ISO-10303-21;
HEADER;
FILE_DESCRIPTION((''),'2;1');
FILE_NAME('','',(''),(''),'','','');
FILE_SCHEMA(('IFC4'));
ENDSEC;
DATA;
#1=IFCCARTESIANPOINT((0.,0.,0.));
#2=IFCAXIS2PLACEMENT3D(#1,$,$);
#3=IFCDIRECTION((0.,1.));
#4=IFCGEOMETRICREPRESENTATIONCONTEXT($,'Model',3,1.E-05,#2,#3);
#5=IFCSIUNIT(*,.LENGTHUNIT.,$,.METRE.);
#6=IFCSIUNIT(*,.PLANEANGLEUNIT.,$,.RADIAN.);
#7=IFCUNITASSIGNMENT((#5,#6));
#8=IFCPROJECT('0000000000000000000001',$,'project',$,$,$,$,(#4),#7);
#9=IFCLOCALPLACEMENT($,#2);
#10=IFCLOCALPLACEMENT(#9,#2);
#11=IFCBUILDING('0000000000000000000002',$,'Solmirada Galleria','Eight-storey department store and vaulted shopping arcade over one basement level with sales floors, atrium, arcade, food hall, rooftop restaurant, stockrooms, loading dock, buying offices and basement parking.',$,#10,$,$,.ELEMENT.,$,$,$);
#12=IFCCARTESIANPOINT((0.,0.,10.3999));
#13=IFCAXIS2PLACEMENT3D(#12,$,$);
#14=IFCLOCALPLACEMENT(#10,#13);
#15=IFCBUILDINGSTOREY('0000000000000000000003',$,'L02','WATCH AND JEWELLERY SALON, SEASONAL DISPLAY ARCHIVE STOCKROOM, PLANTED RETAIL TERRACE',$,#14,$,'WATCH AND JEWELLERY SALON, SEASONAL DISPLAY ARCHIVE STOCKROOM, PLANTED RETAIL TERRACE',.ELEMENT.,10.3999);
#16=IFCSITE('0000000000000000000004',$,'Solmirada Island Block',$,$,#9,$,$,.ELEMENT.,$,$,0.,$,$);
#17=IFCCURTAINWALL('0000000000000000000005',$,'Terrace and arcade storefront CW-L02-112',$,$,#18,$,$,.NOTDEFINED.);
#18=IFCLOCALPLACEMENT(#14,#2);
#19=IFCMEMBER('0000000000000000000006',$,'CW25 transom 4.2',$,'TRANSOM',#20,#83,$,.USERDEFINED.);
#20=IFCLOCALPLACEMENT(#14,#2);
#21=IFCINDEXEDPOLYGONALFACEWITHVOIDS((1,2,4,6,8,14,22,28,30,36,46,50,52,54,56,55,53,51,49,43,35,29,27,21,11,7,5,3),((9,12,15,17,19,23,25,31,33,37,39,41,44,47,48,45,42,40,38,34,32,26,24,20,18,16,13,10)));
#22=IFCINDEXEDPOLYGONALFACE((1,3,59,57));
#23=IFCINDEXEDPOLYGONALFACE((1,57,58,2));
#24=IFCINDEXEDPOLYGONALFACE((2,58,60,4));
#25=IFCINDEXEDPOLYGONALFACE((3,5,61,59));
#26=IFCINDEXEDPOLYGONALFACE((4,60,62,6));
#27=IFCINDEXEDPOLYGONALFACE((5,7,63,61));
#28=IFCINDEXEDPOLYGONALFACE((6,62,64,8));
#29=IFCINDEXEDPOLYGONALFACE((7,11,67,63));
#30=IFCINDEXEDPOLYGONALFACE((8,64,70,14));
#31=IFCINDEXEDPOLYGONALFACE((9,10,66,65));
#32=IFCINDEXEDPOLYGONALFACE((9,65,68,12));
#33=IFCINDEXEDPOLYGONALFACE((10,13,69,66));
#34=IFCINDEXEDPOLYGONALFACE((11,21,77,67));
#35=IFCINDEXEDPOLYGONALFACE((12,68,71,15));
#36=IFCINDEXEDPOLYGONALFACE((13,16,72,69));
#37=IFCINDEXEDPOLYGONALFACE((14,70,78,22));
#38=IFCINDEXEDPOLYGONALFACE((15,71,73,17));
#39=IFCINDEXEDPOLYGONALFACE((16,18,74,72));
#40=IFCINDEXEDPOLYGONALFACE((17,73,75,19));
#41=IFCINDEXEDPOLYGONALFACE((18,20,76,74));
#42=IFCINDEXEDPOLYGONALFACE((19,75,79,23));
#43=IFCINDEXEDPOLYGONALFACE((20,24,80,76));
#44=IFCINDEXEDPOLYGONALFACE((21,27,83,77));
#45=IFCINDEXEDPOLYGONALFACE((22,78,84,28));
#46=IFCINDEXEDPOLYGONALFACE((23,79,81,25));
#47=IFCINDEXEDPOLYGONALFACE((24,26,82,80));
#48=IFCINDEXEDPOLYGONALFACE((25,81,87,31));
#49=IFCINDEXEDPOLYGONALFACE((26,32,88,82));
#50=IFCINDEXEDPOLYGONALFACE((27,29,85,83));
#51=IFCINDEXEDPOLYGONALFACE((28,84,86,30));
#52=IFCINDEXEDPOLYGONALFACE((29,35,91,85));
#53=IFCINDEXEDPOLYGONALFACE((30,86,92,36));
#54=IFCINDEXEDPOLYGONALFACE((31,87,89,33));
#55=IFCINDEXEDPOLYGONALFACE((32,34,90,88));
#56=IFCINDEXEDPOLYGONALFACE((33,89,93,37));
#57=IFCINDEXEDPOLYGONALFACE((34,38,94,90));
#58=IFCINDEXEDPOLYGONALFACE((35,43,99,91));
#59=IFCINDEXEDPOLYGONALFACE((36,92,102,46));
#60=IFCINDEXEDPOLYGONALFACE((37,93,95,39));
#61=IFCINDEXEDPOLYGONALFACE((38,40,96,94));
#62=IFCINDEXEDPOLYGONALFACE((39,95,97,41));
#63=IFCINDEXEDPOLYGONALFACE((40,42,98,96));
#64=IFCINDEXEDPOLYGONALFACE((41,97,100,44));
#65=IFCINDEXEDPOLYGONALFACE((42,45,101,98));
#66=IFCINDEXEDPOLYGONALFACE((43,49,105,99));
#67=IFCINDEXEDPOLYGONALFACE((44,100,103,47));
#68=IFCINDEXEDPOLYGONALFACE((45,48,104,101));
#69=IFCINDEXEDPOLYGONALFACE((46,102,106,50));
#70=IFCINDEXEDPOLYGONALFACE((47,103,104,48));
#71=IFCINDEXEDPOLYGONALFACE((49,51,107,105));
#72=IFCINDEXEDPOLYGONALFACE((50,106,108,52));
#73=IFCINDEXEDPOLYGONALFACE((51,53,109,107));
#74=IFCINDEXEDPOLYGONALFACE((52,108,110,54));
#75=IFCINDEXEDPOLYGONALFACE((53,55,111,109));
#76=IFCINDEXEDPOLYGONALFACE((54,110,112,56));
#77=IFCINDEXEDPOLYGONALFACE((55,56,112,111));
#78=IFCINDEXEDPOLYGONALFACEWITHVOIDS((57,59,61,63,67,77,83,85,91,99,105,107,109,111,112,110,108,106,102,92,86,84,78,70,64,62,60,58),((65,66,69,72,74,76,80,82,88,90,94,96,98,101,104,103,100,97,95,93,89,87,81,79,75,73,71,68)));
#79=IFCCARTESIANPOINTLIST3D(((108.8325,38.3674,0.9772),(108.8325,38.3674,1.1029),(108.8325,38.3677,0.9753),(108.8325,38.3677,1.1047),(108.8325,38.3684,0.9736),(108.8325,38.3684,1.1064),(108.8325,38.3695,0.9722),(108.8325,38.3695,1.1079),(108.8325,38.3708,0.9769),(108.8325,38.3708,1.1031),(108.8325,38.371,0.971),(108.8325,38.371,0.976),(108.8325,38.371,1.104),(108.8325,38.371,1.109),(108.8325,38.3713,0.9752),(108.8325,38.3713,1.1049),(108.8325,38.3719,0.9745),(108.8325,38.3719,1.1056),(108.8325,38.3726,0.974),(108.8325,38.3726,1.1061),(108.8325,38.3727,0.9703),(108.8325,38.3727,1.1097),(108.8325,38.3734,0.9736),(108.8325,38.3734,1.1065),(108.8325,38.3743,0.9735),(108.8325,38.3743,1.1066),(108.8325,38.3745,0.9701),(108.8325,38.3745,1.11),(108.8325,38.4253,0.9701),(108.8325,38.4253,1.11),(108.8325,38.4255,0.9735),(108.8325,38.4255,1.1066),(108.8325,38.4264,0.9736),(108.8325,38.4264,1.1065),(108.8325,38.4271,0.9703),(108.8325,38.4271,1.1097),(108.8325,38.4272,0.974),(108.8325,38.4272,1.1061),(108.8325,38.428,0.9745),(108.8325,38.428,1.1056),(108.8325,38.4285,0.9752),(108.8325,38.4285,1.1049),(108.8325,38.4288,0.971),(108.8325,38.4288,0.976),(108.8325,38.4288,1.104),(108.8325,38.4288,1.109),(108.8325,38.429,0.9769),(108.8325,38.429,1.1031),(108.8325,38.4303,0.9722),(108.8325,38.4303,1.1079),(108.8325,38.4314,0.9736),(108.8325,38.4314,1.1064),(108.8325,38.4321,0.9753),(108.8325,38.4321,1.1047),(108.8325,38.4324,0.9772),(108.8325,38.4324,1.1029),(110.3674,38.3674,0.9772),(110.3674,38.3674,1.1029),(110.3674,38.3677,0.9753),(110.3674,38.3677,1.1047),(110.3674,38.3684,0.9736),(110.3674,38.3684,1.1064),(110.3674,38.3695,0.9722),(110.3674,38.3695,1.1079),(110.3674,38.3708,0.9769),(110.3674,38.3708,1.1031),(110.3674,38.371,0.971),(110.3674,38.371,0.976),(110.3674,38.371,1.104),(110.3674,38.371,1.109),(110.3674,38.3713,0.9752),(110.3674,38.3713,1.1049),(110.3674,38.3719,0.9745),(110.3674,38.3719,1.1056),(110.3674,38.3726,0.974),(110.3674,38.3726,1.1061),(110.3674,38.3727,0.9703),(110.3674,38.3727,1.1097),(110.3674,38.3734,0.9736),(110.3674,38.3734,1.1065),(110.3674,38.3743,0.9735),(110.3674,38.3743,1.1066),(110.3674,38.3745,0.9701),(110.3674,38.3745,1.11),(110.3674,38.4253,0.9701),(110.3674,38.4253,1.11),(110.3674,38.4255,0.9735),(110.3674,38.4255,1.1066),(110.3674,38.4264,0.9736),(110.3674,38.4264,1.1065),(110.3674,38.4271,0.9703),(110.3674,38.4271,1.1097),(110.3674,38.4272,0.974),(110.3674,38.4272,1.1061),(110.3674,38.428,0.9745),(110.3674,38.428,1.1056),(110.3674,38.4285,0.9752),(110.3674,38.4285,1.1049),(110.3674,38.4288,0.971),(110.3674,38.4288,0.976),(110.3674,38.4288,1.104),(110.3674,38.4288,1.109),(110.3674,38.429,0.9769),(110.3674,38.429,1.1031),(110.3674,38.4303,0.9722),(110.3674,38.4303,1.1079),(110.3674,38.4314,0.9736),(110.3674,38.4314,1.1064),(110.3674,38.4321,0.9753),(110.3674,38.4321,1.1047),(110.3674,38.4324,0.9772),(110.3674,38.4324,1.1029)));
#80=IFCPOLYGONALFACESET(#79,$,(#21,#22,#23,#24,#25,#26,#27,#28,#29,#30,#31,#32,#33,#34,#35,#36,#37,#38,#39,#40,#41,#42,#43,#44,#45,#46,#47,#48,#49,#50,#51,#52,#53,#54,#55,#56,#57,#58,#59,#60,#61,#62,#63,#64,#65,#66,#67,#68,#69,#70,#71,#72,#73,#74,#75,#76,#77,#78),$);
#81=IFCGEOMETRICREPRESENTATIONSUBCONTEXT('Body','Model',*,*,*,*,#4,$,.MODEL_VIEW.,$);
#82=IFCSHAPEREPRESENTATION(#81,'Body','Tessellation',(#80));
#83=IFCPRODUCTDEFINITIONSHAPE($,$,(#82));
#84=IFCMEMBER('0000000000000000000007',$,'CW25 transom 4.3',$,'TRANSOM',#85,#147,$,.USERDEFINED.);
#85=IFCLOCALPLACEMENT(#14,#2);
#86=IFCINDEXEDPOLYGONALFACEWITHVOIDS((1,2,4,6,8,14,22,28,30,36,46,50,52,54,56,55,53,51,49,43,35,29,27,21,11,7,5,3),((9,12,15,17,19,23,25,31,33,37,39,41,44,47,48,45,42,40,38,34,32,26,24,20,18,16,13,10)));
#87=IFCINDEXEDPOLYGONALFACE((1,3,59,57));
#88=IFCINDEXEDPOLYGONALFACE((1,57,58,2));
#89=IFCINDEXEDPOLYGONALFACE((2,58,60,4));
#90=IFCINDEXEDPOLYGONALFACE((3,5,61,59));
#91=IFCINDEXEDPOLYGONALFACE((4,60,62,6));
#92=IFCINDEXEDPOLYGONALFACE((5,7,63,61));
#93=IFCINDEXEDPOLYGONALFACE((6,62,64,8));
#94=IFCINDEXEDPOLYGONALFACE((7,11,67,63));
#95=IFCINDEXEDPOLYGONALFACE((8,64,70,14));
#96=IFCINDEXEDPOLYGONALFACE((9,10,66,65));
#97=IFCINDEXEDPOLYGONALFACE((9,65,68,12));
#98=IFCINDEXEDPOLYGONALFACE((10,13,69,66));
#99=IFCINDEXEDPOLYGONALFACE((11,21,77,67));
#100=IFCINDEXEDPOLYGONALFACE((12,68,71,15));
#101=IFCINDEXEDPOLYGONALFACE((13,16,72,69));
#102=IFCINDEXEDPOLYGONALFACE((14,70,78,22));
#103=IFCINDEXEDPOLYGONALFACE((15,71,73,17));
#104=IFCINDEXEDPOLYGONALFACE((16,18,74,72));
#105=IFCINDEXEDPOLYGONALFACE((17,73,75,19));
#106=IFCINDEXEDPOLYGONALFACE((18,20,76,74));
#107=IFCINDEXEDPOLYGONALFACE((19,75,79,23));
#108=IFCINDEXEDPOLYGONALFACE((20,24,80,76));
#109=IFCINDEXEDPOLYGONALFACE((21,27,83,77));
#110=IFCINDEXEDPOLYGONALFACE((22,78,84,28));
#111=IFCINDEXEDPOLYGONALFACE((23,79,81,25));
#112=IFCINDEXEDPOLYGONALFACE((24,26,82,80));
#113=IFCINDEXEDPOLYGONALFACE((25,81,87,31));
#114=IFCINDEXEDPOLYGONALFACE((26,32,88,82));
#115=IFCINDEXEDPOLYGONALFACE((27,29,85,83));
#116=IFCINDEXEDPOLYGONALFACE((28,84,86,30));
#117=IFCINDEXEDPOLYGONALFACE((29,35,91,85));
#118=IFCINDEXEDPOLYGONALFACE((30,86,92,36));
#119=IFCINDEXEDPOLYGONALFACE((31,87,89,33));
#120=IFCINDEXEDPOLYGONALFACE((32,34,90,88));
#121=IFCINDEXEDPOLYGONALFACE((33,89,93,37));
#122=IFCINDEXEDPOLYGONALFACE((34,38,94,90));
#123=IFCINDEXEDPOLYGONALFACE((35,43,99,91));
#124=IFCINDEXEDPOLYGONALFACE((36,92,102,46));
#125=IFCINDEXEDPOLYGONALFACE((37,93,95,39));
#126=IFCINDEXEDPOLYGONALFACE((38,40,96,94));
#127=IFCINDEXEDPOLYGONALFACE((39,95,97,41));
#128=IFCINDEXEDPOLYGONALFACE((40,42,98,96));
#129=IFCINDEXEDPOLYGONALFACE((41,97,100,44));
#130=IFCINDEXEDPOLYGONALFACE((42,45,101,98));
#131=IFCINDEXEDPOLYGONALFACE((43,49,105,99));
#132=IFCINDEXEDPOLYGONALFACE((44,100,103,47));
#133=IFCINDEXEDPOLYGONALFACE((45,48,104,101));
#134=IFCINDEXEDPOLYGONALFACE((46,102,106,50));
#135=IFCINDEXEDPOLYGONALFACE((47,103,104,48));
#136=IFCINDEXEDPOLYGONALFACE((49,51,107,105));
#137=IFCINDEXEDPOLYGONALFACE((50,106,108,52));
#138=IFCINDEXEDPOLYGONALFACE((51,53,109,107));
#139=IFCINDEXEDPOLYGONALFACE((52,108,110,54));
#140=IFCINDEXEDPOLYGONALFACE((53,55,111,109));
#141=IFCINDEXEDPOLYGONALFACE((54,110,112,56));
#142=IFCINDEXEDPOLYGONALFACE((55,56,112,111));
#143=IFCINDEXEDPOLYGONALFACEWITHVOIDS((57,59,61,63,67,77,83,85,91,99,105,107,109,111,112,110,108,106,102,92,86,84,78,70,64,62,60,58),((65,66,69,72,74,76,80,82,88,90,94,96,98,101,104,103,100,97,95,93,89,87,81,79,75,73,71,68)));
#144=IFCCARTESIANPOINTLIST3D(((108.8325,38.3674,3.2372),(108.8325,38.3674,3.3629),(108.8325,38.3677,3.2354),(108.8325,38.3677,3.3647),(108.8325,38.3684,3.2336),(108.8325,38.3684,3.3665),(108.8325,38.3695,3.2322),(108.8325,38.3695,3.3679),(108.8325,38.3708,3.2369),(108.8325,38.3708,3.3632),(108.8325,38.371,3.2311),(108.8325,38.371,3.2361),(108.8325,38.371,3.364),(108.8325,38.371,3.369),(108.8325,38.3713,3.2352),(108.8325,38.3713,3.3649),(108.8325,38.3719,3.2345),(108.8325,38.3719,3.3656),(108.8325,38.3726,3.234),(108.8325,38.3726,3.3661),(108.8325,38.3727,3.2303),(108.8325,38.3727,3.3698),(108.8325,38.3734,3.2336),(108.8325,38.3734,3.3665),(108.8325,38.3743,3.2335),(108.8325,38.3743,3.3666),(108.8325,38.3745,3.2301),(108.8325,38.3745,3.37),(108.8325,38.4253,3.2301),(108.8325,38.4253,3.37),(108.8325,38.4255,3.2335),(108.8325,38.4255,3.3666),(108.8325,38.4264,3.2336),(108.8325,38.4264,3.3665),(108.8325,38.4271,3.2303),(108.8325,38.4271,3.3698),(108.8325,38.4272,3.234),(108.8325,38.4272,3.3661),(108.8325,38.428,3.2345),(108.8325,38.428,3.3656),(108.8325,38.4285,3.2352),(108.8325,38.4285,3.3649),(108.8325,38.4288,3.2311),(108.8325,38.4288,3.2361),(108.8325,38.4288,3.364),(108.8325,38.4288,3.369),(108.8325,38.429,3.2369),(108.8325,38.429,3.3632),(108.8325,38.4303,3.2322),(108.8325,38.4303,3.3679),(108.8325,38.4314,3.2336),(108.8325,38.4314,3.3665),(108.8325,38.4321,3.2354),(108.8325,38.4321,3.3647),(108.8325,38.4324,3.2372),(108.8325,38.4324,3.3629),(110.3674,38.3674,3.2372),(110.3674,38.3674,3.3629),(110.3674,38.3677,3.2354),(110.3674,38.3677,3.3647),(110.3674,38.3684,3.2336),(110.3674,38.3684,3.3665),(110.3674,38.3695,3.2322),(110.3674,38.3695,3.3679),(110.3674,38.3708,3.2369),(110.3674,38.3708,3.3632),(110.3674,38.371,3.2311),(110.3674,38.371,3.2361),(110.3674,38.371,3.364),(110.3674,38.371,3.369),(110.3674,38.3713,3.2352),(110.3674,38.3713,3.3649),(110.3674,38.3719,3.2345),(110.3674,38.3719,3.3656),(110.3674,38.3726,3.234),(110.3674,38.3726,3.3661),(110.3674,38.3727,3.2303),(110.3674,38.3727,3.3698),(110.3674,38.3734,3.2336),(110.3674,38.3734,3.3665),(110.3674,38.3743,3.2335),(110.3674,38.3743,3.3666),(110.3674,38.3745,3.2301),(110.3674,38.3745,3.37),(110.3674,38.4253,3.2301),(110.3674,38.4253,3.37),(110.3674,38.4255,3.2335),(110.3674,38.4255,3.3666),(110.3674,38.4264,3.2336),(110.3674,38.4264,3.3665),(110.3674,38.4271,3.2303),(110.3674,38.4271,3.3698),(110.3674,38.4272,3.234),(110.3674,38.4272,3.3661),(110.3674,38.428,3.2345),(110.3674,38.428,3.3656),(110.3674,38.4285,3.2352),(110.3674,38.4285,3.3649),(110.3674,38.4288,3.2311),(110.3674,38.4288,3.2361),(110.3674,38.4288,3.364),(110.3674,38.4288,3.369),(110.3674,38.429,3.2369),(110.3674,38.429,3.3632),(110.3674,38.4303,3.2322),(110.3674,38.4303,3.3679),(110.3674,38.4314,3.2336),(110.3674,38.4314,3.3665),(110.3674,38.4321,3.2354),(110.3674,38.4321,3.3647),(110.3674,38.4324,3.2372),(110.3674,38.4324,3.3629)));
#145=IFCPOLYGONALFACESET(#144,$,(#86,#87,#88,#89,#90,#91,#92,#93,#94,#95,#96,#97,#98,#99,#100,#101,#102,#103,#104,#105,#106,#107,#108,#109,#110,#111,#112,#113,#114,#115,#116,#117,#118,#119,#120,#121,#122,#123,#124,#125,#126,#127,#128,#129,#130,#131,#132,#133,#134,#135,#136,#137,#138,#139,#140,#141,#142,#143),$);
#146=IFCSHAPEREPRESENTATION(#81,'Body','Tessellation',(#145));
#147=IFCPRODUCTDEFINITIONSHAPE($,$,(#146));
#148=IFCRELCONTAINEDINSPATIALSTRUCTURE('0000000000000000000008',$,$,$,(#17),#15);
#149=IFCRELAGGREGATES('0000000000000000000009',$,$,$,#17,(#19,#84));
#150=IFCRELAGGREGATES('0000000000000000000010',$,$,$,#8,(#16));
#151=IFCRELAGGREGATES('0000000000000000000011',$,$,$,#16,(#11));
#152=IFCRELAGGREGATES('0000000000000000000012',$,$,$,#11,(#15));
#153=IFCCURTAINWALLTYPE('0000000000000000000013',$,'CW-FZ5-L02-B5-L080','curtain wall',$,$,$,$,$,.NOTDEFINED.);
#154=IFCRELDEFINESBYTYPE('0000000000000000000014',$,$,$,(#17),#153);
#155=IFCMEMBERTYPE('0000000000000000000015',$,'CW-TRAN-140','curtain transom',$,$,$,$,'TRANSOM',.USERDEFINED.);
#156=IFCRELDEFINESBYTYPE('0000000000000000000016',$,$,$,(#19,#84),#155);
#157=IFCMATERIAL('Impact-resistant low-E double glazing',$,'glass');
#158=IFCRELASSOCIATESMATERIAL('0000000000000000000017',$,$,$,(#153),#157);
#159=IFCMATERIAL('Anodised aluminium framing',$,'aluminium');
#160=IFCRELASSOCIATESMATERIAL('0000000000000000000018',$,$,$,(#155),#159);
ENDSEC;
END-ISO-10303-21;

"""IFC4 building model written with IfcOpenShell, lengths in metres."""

from ifc_helpers import new_model, si_unit, direction, frame, origin, origin_2d, place, context, subcontext, project, spatial, hollow_rectangle, extrude, material, material_profile, profile_set, type_object, element, aggregate, save


model = new_model("IFC4")

# Units and contexts
model_context = context("Model", 3, precision=1e-05, world=origin(), true_north=direction((0.0, 1.0)))
body_context = subcontext(model_context, "Body", "Model", "MODEL_VIEW")
ifc_project = project(units=[si_unit("LENGTHUNIT", "METRE"), si_unit("PLANEANGLEUNIT", "RADIAN")], contexts=[model_context])

# Site, building, storey
site_placement = place(None, origin())
site = spatial("IfcSite", under=ifc_project, at=site_placement, Name="Solmirada Island Block", CompositionType="ELEMENT", RefElevation=0.0)
building_placement = place(site_placement, origin())
building = spatial("IfcBuilding", under=site, at=building_placement, Name="Solmirada Galleria", Description="Eight-storey department store and vaulted shopping arcade over one basement level with sales floors, atrium, arcade, food hall, rooftop restaurant, stockrooms, loading dock, buying offices and basement parking.", CompositionType="ELEMENT")
storey_placement = place(building_placement, frame((0.0, 0.0, 10.3999)))
storey = spatial("IfcBuildingStorey", under=building, at=storey_placement, Name="L02", Description="WATCH AND JEWELLERY SALON, SEASONAL DISPLAY ARCHIVE STOCKROOM, PLANTED RETAIL TERRACE", LongName="WATCH AND JEWELLERY SALON, SEASONAL DISPLAY ARCHIVE STOCKROOM, PLANTED RETAIL TERRACE", CompositionType="ELEMENT", Elevation=10.3999)

# Curtain wall
ifc_material_1 = material(Name="Impact-resistant low-E double glazing", Category="glass")
curtain_wall_type = type_object("IfcCurtainWallType", Name="CW-FZ5-L02-B5-L080", Description="curtain wall", PredefinedType="NOTDEFINED", material=ifc_material_1)
curtain_wall_1_placement = place(storey_placement, origin())
curtain_wall_1 = element("IfcCurtainWall", 1, at=curtain_wall_1_placement, inside=storey, type_object=curtain_wall_type, Name="Terrace and arcade storefront CW-L02-112", PredefinedType="NOTDEFINED")
ifc_material_2 = material(Name="Anodised aluminium framing", Category="aluminium")

# Members
ifc_material_profile_1 = material_profile(ifc_material_2, hollow_rectangle(XDim=0.0649, YDim=0.1399, WallThickness=0.0034, InnerFilletRadius=0.0034, OuterFilletRadius=0.0071, at=origin_2d()), Name="ALU-TRAN-140X65")
ifc_profile_set_1 = profile_set([ifc_material_profile_1], Name="Anodised aluminium framing")
member_type_1 = type_object("IfcMemberType", Name="CW-TRAN-140", Description="curtain transom", ElementType="TRANSOM", PredefinedType="USERDEFINED", material=ifc_profile_set_1)
member_1_placement = place(storey_placement, frame((108.8325, 38.3999, 1.04), z_axis=(1.0, 0.0, 0.0), x_axis=(0.0, 1.0, 0.0)))
member_1 = element("IfcMember", 2, at=member_1_placement, type_object=member_type_1, Name="CW25 transom 4.2", ObjectType="TRANSOM", PredefinedType="USERDEFINED", context=body_context, shape_type="SweptSolid", body=[
    extrude(hollow_rectangle(XDim=0.0649, YDim=0.1399, WallThickness=0.0034, InnerFilletRadius=0.0034, OuterFilletRadius=0.0071, at=origin_2d()), origin(), (0.0, 0.0, 1.0), 1.5349),
])
member_2_placement = place(storey_placement, frame((108.8325, 38.3999, 3.3), z_axis=(1.0, 0.0, 0.0), x_axis=(0.0, 1.0, 0.0)))
member_2 = element("IfcMember", 3, at=member_2_placement, type_object=member_type_1, Name="CW25 transom 4.3", ObjectType="TRANSOM", PredefinedType="USERDEFINED", context=body_context, shape_type="SweptSolid", body=[
    extrude(hollow_rectangle(XDim=0.0649, YDim=0.1399, WallThickness=0.0034, InnerFilletRadius=0.0034, OuterFilletRadius=0.0071, at=origin_2d()), origin(), (0.0, 0.0, 1.0), 1.5349),
])

aggregate(curtain_wall_1, [member_1, member_2])

save(model, "model.ifc")
